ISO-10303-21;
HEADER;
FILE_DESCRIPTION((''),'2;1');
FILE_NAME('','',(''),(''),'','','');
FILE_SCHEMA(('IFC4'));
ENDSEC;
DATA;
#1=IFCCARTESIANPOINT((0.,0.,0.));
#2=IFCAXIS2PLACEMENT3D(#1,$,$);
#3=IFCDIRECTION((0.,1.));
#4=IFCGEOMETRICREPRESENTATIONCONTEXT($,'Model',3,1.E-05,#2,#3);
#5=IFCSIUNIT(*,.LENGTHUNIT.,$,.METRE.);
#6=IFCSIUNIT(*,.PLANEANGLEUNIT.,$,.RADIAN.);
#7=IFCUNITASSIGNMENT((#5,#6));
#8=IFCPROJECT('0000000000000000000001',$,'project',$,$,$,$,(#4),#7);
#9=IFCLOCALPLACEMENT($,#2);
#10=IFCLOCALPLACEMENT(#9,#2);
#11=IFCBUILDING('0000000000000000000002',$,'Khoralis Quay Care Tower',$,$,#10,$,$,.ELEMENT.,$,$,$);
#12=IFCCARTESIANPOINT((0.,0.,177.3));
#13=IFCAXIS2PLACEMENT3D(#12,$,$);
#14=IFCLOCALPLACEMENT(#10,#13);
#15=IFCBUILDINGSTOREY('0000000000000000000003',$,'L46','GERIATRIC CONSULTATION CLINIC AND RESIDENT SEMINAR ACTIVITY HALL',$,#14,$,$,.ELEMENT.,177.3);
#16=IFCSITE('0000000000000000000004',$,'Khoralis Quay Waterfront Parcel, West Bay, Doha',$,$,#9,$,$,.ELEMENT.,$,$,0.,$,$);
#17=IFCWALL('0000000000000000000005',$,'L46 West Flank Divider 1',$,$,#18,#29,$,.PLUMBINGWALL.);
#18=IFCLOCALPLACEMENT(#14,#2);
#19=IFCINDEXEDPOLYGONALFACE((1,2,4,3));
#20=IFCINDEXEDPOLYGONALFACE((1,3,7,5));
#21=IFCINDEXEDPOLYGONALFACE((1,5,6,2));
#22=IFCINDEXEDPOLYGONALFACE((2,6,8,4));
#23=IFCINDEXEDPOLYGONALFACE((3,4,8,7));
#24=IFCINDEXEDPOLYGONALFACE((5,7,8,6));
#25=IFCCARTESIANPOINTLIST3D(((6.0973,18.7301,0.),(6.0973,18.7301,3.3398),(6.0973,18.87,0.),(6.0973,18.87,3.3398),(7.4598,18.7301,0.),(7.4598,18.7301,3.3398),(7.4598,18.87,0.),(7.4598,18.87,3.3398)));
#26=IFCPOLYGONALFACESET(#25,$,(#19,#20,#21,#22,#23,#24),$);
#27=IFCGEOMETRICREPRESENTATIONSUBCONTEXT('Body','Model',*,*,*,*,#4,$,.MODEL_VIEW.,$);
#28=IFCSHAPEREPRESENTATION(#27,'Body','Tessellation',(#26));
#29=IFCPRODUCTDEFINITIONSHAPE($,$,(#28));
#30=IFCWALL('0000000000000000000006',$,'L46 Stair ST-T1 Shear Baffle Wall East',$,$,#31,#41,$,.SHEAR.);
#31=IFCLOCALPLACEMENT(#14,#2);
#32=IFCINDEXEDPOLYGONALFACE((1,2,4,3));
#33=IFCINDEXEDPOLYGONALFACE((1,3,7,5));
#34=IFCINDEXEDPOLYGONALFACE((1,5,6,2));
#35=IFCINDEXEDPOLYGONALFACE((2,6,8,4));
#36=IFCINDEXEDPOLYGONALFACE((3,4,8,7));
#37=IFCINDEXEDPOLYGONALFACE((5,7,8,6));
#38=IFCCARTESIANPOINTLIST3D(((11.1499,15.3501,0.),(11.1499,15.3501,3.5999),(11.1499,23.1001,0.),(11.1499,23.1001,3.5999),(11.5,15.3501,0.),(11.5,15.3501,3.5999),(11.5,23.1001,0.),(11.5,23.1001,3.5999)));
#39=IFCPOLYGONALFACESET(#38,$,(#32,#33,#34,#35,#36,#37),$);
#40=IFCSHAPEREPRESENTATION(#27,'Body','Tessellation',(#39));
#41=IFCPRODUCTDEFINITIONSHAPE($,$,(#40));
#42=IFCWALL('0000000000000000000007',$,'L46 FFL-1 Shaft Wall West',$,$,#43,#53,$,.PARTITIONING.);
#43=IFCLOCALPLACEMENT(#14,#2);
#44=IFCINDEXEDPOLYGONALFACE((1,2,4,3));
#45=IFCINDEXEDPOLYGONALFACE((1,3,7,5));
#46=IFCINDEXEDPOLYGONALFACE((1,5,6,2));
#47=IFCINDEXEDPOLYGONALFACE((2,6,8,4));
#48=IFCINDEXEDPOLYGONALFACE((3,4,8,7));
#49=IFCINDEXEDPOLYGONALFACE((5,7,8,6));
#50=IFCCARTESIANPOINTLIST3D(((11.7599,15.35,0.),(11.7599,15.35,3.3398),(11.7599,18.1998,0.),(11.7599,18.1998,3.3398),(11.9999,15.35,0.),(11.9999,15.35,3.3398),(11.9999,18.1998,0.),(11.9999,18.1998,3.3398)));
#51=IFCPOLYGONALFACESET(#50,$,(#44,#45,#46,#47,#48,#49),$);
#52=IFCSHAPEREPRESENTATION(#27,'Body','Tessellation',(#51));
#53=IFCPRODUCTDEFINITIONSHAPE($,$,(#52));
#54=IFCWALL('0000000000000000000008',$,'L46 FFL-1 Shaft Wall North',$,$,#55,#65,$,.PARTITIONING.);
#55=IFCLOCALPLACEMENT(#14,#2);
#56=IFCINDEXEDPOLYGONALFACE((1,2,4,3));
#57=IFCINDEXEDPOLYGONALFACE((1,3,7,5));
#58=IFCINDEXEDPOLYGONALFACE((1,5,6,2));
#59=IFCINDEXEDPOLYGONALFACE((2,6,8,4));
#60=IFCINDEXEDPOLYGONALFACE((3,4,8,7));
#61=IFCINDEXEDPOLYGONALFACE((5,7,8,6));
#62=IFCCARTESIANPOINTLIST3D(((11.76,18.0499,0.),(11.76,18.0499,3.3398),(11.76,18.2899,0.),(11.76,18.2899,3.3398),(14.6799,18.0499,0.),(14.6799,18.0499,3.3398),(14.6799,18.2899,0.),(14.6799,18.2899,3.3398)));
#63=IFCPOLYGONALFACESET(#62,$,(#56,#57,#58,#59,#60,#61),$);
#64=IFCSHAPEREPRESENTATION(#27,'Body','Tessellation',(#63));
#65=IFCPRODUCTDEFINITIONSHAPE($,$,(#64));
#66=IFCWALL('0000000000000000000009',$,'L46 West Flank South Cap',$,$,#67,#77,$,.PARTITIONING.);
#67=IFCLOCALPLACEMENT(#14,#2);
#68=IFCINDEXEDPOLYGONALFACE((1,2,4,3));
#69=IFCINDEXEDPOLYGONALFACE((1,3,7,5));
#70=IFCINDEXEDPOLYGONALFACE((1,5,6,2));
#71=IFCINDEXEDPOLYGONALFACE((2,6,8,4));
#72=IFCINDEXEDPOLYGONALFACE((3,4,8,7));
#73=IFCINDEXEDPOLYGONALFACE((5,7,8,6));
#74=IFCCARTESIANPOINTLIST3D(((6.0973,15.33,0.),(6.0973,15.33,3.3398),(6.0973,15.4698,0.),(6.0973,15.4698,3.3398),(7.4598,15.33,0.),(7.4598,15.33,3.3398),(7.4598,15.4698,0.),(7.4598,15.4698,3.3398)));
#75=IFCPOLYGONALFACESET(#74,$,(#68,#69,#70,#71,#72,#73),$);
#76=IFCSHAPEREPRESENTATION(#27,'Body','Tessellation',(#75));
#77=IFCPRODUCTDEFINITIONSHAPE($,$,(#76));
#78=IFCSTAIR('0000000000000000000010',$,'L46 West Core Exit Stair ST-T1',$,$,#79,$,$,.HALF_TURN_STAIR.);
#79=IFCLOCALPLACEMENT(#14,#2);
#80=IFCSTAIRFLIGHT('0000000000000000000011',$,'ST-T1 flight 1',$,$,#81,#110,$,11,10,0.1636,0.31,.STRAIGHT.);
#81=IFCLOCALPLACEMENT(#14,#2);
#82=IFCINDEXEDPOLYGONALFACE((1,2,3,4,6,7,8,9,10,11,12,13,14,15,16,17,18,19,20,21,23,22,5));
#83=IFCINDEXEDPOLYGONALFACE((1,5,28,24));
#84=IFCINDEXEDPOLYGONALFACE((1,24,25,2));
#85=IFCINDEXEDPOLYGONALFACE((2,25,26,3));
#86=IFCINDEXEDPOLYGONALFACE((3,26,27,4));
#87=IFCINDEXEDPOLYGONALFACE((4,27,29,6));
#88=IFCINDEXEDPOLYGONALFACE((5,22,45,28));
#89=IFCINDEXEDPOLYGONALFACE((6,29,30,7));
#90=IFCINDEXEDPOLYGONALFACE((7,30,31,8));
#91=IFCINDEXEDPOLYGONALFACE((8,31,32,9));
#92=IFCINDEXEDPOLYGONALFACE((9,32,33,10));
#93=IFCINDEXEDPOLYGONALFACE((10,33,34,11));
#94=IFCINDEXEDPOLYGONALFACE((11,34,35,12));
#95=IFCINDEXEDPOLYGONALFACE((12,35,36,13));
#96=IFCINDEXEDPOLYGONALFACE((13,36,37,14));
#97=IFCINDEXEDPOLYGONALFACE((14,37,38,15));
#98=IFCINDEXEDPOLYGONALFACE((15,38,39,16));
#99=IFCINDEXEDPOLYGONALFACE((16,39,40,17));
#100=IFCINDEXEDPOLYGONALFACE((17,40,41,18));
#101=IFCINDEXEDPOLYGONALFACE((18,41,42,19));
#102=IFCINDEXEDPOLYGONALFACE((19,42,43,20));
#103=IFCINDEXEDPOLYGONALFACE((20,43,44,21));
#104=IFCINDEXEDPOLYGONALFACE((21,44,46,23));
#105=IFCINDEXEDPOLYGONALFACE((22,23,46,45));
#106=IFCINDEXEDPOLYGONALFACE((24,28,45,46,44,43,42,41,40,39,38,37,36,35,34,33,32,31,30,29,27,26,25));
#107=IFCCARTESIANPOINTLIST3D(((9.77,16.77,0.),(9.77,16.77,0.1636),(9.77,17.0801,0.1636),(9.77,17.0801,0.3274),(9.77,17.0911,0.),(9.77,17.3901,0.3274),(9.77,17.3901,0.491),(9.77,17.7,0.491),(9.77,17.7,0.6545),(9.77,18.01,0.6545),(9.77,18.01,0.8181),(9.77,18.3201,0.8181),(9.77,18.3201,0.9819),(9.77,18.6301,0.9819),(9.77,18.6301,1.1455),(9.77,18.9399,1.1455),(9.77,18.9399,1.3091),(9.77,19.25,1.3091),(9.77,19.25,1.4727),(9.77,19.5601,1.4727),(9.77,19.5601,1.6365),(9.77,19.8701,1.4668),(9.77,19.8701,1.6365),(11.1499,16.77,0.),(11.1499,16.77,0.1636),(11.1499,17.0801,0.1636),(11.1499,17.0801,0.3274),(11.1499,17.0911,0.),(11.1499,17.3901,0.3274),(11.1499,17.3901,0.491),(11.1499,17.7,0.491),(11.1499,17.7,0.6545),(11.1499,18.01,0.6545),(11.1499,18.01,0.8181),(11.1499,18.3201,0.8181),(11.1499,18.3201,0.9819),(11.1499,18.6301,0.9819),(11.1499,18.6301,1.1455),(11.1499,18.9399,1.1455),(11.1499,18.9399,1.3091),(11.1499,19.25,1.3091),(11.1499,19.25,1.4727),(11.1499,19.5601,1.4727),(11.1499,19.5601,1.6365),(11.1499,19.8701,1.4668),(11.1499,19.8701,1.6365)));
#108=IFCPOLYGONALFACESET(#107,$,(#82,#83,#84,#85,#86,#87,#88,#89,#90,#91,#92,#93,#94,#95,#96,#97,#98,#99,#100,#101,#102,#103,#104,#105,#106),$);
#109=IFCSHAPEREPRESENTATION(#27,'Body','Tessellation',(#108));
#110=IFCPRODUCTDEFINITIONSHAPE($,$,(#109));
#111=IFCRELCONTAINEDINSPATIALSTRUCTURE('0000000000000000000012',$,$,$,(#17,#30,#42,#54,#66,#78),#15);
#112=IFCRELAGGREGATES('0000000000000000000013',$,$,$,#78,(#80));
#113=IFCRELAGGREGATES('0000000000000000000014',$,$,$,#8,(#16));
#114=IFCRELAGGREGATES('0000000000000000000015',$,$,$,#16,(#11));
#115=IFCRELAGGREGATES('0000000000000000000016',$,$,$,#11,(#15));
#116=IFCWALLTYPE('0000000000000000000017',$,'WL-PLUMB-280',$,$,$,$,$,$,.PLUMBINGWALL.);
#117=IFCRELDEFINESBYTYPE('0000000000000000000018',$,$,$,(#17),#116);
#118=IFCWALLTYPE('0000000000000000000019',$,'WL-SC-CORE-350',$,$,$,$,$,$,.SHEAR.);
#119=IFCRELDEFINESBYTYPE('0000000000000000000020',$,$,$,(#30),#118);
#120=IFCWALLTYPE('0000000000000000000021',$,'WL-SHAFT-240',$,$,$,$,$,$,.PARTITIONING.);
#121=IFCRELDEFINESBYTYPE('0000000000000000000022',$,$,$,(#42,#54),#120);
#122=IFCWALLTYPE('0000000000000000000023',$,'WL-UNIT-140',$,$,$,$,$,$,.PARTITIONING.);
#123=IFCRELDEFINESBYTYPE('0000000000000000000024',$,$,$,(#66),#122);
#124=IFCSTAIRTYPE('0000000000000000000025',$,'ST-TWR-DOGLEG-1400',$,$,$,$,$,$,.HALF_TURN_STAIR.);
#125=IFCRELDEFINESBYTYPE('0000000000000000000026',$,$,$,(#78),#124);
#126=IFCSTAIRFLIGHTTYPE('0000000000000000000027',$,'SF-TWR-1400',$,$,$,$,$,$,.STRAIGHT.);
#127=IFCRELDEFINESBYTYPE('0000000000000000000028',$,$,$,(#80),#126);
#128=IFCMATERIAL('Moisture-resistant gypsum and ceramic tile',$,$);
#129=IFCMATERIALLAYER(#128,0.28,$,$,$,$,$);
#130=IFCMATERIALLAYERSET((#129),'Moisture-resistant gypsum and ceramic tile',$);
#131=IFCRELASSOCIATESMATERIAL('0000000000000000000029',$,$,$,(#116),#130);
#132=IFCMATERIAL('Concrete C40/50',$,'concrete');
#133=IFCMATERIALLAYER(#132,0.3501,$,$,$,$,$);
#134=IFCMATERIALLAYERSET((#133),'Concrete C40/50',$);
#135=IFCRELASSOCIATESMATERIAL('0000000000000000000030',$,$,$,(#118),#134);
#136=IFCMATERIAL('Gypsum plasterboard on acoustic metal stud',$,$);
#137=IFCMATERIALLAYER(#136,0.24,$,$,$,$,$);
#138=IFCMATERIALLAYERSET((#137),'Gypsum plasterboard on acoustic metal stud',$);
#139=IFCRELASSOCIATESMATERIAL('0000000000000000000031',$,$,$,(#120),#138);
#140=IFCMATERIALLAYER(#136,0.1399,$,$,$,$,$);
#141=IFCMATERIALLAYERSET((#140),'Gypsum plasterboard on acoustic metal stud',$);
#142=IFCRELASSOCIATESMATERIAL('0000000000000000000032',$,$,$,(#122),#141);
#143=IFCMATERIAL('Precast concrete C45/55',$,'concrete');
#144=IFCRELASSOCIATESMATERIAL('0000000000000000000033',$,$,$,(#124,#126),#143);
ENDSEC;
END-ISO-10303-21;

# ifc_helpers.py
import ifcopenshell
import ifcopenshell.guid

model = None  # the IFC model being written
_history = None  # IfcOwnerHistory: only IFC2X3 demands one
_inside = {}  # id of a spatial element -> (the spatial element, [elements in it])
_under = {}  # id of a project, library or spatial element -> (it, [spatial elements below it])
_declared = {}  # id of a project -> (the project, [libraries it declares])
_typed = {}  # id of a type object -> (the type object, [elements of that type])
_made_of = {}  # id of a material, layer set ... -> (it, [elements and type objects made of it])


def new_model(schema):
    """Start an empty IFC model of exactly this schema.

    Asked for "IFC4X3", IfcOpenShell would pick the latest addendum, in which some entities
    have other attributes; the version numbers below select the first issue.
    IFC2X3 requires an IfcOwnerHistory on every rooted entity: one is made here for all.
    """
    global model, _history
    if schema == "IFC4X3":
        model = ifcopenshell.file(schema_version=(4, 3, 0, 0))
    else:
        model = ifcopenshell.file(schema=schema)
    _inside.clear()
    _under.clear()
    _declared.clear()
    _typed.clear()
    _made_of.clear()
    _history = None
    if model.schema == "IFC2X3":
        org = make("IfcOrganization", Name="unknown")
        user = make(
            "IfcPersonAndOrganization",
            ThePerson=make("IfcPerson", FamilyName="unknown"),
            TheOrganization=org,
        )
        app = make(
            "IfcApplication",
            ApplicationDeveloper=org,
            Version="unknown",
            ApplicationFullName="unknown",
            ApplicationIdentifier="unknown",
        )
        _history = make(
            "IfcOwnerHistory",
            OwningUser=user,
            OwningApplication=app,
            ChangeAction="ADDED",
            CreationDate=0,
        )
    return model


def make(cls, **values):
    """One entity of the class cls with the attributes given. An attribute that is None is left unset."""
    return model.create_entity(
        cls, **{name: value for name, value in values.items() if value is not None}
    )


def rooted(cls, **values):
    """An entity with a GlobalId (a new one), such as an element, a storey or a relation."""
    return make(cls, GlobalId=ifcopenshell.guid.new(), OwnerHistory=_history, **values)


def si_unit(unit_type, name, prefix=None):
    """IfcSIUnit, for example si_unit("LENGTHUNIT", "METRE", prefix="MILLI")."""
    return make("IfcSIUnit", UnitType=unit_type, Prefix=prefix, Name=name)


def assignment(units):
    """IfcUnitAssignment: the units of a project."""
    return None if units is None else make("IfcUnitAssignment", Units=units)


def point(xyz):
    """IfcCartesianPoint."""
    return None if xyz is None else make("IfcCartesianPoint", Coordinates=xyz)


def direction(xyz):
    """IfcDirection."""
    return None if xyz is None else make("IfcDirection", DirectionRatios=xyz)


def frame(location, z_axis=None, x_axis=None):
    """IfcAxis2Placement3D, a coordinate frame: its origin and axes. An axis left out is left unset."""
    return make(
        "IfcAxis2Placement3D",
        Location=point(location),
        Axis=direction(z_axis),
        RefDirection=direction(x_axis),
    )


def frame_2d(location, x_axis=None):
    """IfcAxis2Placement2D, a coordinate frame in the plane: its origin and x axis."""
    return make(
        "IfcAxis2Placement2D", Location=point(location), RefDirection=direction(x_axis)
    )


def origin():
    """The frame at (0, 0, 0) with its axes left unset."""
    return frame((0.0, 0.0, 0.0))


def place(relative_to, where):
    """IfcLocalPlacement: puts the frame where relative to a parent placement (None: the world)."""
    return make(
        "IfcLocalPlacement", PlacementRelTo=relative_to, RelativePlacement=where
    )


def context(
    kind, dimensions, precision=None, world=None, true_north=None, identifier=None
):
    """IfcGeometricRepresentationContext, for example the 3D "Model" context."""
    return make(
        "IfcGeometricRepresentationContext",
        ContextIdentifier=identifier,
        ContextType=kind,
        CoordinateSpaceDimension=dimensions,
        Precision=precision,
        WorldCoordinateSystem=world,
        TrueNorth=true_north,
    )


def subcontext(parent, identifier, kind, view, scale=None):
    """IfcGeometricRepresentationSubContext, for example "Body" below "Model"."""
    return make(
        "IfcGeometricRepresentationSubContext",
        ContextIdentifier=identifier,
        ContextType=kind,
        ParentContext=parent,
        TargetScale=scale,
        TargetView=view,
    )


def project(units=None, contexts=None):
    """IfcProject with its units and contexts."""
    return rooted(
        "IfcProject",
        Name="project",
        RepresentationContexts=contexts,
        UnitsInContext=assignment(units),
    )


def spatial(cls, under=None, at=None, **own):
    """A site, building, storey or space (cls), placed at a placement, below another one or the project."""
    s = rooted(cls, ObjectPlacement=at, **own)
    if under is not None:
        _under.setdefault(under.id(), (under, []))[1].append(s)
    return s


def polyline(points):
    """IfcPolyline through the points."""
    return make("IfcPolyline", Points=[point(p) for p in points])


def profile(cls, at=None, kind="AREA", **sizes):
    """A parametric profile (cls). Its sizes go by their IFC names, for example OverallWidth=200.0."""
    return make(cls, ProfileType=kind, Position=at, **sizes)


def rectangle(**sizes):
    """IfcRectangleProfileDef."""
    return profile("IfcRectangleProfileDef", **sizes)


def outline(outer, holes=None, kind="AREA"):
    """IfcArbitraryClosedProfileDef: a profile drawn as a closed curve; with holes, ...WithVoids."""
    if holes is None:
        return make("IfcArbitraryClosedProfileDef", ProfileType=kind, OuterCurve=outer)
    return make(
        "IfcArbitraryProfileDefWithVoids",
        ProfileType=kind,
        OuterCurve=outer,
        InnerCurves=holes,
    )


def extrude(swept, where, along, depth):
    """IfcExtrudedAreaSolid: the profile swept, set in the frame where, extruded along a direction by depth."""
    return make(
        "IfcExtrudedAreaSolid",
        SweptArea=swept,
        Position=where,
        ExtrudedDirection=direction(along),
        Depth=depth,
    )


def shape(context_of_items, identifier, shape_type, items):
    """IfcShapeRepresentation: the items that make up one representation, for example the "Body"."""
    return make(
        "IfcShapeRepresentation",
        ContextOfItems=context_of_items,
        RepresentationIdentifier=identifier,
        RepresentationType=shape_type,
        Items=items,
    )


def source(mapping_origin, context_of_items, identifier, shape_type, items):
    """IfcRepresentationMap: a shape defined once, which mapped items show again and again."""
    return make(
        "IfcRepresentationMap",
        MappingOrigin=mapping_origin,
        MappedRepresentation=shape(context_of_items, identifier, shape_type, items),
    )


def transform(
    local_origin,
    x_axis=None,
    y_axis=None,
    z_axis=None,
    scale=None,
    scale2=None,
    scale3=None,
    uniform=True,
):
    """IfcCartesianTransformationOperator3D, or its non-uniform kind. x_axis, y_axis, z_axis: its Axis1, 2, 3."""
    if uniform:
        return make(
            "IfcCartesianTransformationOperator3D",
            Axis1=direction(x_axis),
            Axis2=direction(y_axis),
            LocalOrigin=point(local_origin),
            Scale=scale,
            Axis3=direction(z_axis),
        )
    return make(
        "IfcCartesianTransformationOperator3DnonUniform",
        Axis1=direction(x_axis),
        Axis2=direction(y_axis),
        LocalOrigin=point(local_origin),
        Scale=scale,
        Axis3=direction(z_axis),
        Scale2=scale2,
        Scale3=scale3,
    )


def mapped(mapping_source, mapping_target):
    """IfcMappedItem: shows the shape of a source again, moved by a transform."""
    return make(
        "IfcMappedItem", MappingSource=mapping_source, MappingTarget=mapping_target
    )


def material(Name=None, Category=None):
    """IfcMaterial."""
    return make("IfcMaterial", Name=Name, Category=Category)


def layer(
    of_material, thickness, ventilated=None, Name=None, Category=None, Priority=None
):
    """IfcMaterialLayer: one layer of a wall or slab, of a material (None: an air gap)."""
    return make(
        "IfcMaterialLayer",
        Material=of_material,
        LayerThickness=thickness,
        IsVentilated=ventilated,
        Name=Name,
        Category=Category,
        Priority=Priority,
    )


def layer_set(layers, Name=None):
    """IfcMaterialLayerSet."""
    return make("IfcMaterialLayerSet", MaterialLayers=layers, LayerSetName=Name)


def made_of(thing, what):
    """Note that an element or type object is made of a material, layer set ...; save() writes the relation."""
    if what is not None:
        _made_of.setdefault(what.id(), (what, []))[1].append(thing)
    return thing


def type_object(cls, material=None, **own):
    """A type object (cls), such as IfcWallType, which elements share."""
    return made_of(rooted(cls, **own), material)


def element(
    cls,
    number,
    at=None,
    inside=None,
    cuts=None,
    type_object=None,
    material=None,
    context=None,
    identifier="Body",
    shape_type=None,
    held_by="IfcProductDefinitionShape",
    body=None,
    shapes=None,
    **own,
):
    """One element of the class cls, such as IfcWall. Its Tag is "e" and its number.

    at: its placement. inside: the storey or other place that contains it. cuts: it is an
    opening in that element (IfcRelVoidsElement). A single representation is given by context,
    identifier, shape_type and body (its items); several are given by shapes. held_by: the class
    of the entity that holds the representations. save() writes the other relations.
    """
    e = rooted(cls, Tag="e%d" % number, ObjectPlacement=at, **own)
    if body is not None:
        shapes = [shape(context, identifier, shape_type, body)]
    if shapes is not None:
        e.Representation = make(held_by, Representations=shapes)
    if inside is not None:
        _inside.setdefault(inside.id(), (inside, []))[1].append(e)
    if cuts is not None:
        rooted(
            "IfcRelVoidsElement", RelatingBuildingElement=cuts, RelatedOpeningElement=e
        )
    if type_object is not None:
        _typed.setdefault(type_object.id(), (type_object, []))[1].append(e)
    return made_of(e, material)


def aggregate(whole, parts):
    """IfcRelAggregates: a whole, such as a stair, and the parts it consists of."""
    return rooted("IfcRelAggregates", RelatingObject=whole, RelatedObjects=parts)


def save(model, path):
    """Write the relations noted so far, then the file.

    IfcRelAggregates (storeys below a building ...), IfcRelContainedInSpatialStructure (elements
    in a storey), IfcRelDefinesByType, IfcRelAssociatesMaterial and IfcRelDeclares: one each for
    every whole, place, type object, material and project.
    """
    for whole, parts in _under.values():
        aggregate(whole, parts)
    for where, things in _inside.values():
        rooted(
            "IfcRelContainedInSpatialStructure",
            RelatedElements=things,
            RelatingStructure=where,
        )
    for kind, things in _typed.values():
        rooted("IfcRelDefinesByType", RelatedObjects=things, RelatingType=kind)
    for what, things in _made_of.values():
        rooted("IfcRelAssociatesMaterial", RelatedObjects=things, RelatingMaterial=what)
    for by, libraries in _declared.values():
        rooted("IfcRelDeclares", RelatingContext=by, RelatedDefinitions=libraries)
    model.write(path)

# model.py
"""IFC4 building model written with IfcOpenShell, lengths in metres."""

from ifc_helpers import new_model, si_unit, direction, frame, frame_2d, origin, place, context, subcontext, project, spatial, polyline, rectangle, outline, extrude, source, transform, mapped, material, layer, layer_set, type_object, element, aggregate, save


model = new_model("IFC4")

# Units and contexts
model_context = context("Model", 3, precision=1e-05, world=origin(), true_north=direction((0.0, 1.0)))
body_context = subcontext(model_context, "Body", "Model", "MODEL_VIEW")
ifc_project = project(units=[si_unit("LENGTHUNIT", "METRE"), si_unit("PLANEANGLEUNIT", "RADIAN")], contexts=[model_context])

# Site, building, storey
site_placement = place(None, origin())
site = spatial("IfcSite", under=ifc_project, at=site_placement, Name="Khoralis Quay Waterfront Parcel, West Bay, Doha", CompositionType="ELEMENT", RefElevation=0.0)
building_placement = place(site_placement, origin())
building = spatial("IfcBuilding", under=site, at=building_placement, Name="Khoralis Quay Care Tower", CompositionType="ELEMENT")
storey_placement = place(building_placement, frame((0.0, 0.0, 177.3)))
storey = spatial("IfcBuildingStorey", under=building, at=storey_placement, Name="L46", Description="GERIATRIC CONSULTATION CLINIC AND RESIDENT SEMINAR ACTIVITY HALL", CompositionType="ELEMENT", Elevation=177.3)

# Walls
ifc_material_1 = material(Name="Moisture-resistant gypsum and ceramic tile")
ifc_layer_1 = layer(ifc_material_1, 0.28)
ifc_layer_set_1 = layer_set([ifc_layer_1], Name="Moisture-resistant gypsum and ceramic tile")
wall_type_1 = type_object("IfcWallType", Name="WL-PLUMB-280", PredefinedType="PLUMBINGWALL", material=ifc_layer_set_1)
wall_1_placement = place(storey_placement, frame((6.0974, 18.8, 0.0), z_axis=(0.0, 0.0, 1.0), x_axis=(1.0, 0.0, 0.0)))
element("IfcWall", 1, at=wall_1_placement, inside=storey, type_object=wall_type_1, Name="L46 West Flank Divider 1", PredefinedType="PLUMBINGWALL", context=body_context, shape_type="SweptSolid", body=[
    extrude(rectangle(XDim=1.3625, YDim=0.1399, at=frame_2d((0.6812, 0.0))), origin(), (0.0, 0.0, 1.0), 3.3398),
])
ifc_material_2 = material(Name="Concrete C40/50", Category="concrete")
ifc_layer_2 = layer(ifc_material_2, 0.3501)
ifc_layer_set_2 = layer_set([ifc_layer_2], Name="Concrete C40/50")
wall_type_2 = type_object("IfcWallType", Name="WL-SC-CORE-350", PredefinedType="SHEAR", material=ifc_layer_set_2)
wall_2_placement = place(storey_placement, frame((11.325, 15.3501, 0.0), z_axis=(0.0, 0.0, 1.0), x_axis=(0.0, 1.0, 0.0)))
element("IfcWall", 2, at=wall_2_placement, inside=storey, type_object=wall_type_2, Name="L46 Stair ST-T1 Shear Baffle Wall East", PredefinedType="SHEAR", context=body_context, shape_type="SweptSolid", body=[
    extrude(rectangle(XDim=7.75, YDim=0.3501, at=frame_2d((3.875, 0.0))), origin(), (0.0, 0.0, 1.0), 3.5999),
])
ifc_material_3 = material(Name="Gypsum plasterboard on acoustic metal stud")
ifc_layer_3 = layer(ifc_material_3, 0.24)
ifc_layer_set_3 = layer_set([ifc_layer_3], Name="Gypsum plasterboard on acoustic metal stud")
wall_type_3 = type_object("IfcWallType", Name="WL-SHAFT-240", PredefinedType="PARTITIONING", material=ifc_layer_set_3)
wall_3_placement = place(storey_placement, frame((11.8799, 15.3501, 0.0), z_axis=(0.0, 0.0, 1.0), x_axis=(0.0, 1.0, 0.0)))
element("IfcWall", 3, at=wall_3_placement, inside=storey, type_object=wall_type_3, Name="L46 FFL-1 Shaft Wall West", PredefinedType="PARTITIONING", context=body_context, shape_type="SweptSolid", body=[
    extrude(rectangle(XDim=2.8499, YDim=0.24, at=frame_2d((1.4248, 0.0))), origin(), (0.0, 0.0, 1.0), 3.3398),
])
wall_4_placement = place(storey_placement, frame((11.76, 18.1699, 0.0), z_axis=(0.0, 0.0, 1.0), x_axis=(1.0, 0.0, 0.0)))
element("IfcWall", 4, at=wall_4_placement, inside=storey, type_object=wall_type_3, Name="L46 FFL-1 Shaft Wall North", PredefinedType="PARTITIONING", context=body_context, shape_type="SweptSolid", body=[
    extrude(rectangle(XDim=2.9199, YDim=0.24, at=frame_2d((1.46, 0.0))), origin(), (0.0, 0.0, 1.0), 3.3398),
])
ifc_layer_4 = layer(ifc_material_3, 0.1399)
ifc_layer_set_4 = layer_set([ifc_layer_4], Name="Gypsum plasterboard on acoustic metal stud")
wall_type_4 = type_object("IfcWallType", Name="WL-UNIT-140", PredefinedType="PARTITIONING", material=ifc_layer_set_4)
wall_5_placement = place(storey_placement, frame((6.0974, 15.3999, 0.0), z_axis=(0.0, 0.0, 1.0), x_axis=(1.0, 0.0, 0.0)))
element("IfcWall", 5, at=wall_5_placement, inside=storey, type_object=wall_type_4, Name="L46 West Flank South Cap", PredefinedType="PARTITIONING", context=body_context, shape_type="SweptSolid", body=[
    extrude(rectangle(XDim=1.3625, YDim=0.1399, at=frame_2d((0.6812, 0.0))), origin(), (0.0, 0.0, 1.0), 3.3398),
])

# Stair, stair flight
ifc_material_4 = material(Name="Precast concrete C45/55", Category="concrete")
stair_type = type_object("IfcStairType", Name="ST-TWR-DOGLEG-1400", PredefinedType="HALF_TURN_STAIR", material=ifc_material_4)
stair_placement = place(storey_placement, origin())
stair = element("IfcStair", 6, at=stair_placement, inside=storey, type_object=stair_type, Name="L46 West Core Exit Stair ST-T1", PredefinedType="HALF_TURN_STAIR")
stair_flight_type = type_object("IfcStairFlightType", Name="SF-TWR-1400", PredefinedType="STRAIGHT", material=ifc_material_4)
shared_shape_1 = source(origin(), body_context, "Body", "SweptSolid", [
    extrude(outline(polyline([(0.0, 0.0), (0.0, 0.1636), (0.3101, 0.1636), (0.3101, 0.3274), (0.6201, 0.3274), (0.6201, 0.491), (0.9299, 0.491), (0.9299, 0.6545), (1.24, 0.6545), (1.24, 0.8181), (1.55, 0.8181), (1.55, 0.9819), (1.8601, 0.9819), (1.8601, 1.1455), (2.1699, 1.1455), (2.1699, 1.3091), (2.48, 1.3091), (2.48, 1.4727), (2.79, 1.4727), (2.79, 1.6365), (3.1001, 1.6365), (3.1001, 1.8), (3.1001, 1.4668), (0.321, 0.0), (0.0, 0.0)])), frame((0.0, 0.6899, 0.0), z_axis=(0.0, -1.0, 0.0), x_axis=(1.0, 0.0, 0.0)), (0.0, 0.0, 1.0), 1.3799),
])
stair_flight_placement = place(storey_placement, frame((10.46, 16.77, 0.0), z_axis=(0.0, 0.0, 1.0), x_axis=(0.0, 1.0, 0.0)))
stair_flight = element("IfcStairFlight", 7, at=stair_flight_placement, type_object=stair_flight_type, Name="ST-T1 flight 1", NumberOfRisers=11, NumberOfTreads=10, PredefinedType="STRAIGHT", RiserHeight=0.1636, TreadLength=0.31, context=body_context, shape_type="MappedRepresentation", body=[
    mapped(shared_shape_1, transform((0.0, 0.0, 0.0), scale=1.0)),
])
aggregate(stair, [stair_flight])

save(model, "model.ifc")
